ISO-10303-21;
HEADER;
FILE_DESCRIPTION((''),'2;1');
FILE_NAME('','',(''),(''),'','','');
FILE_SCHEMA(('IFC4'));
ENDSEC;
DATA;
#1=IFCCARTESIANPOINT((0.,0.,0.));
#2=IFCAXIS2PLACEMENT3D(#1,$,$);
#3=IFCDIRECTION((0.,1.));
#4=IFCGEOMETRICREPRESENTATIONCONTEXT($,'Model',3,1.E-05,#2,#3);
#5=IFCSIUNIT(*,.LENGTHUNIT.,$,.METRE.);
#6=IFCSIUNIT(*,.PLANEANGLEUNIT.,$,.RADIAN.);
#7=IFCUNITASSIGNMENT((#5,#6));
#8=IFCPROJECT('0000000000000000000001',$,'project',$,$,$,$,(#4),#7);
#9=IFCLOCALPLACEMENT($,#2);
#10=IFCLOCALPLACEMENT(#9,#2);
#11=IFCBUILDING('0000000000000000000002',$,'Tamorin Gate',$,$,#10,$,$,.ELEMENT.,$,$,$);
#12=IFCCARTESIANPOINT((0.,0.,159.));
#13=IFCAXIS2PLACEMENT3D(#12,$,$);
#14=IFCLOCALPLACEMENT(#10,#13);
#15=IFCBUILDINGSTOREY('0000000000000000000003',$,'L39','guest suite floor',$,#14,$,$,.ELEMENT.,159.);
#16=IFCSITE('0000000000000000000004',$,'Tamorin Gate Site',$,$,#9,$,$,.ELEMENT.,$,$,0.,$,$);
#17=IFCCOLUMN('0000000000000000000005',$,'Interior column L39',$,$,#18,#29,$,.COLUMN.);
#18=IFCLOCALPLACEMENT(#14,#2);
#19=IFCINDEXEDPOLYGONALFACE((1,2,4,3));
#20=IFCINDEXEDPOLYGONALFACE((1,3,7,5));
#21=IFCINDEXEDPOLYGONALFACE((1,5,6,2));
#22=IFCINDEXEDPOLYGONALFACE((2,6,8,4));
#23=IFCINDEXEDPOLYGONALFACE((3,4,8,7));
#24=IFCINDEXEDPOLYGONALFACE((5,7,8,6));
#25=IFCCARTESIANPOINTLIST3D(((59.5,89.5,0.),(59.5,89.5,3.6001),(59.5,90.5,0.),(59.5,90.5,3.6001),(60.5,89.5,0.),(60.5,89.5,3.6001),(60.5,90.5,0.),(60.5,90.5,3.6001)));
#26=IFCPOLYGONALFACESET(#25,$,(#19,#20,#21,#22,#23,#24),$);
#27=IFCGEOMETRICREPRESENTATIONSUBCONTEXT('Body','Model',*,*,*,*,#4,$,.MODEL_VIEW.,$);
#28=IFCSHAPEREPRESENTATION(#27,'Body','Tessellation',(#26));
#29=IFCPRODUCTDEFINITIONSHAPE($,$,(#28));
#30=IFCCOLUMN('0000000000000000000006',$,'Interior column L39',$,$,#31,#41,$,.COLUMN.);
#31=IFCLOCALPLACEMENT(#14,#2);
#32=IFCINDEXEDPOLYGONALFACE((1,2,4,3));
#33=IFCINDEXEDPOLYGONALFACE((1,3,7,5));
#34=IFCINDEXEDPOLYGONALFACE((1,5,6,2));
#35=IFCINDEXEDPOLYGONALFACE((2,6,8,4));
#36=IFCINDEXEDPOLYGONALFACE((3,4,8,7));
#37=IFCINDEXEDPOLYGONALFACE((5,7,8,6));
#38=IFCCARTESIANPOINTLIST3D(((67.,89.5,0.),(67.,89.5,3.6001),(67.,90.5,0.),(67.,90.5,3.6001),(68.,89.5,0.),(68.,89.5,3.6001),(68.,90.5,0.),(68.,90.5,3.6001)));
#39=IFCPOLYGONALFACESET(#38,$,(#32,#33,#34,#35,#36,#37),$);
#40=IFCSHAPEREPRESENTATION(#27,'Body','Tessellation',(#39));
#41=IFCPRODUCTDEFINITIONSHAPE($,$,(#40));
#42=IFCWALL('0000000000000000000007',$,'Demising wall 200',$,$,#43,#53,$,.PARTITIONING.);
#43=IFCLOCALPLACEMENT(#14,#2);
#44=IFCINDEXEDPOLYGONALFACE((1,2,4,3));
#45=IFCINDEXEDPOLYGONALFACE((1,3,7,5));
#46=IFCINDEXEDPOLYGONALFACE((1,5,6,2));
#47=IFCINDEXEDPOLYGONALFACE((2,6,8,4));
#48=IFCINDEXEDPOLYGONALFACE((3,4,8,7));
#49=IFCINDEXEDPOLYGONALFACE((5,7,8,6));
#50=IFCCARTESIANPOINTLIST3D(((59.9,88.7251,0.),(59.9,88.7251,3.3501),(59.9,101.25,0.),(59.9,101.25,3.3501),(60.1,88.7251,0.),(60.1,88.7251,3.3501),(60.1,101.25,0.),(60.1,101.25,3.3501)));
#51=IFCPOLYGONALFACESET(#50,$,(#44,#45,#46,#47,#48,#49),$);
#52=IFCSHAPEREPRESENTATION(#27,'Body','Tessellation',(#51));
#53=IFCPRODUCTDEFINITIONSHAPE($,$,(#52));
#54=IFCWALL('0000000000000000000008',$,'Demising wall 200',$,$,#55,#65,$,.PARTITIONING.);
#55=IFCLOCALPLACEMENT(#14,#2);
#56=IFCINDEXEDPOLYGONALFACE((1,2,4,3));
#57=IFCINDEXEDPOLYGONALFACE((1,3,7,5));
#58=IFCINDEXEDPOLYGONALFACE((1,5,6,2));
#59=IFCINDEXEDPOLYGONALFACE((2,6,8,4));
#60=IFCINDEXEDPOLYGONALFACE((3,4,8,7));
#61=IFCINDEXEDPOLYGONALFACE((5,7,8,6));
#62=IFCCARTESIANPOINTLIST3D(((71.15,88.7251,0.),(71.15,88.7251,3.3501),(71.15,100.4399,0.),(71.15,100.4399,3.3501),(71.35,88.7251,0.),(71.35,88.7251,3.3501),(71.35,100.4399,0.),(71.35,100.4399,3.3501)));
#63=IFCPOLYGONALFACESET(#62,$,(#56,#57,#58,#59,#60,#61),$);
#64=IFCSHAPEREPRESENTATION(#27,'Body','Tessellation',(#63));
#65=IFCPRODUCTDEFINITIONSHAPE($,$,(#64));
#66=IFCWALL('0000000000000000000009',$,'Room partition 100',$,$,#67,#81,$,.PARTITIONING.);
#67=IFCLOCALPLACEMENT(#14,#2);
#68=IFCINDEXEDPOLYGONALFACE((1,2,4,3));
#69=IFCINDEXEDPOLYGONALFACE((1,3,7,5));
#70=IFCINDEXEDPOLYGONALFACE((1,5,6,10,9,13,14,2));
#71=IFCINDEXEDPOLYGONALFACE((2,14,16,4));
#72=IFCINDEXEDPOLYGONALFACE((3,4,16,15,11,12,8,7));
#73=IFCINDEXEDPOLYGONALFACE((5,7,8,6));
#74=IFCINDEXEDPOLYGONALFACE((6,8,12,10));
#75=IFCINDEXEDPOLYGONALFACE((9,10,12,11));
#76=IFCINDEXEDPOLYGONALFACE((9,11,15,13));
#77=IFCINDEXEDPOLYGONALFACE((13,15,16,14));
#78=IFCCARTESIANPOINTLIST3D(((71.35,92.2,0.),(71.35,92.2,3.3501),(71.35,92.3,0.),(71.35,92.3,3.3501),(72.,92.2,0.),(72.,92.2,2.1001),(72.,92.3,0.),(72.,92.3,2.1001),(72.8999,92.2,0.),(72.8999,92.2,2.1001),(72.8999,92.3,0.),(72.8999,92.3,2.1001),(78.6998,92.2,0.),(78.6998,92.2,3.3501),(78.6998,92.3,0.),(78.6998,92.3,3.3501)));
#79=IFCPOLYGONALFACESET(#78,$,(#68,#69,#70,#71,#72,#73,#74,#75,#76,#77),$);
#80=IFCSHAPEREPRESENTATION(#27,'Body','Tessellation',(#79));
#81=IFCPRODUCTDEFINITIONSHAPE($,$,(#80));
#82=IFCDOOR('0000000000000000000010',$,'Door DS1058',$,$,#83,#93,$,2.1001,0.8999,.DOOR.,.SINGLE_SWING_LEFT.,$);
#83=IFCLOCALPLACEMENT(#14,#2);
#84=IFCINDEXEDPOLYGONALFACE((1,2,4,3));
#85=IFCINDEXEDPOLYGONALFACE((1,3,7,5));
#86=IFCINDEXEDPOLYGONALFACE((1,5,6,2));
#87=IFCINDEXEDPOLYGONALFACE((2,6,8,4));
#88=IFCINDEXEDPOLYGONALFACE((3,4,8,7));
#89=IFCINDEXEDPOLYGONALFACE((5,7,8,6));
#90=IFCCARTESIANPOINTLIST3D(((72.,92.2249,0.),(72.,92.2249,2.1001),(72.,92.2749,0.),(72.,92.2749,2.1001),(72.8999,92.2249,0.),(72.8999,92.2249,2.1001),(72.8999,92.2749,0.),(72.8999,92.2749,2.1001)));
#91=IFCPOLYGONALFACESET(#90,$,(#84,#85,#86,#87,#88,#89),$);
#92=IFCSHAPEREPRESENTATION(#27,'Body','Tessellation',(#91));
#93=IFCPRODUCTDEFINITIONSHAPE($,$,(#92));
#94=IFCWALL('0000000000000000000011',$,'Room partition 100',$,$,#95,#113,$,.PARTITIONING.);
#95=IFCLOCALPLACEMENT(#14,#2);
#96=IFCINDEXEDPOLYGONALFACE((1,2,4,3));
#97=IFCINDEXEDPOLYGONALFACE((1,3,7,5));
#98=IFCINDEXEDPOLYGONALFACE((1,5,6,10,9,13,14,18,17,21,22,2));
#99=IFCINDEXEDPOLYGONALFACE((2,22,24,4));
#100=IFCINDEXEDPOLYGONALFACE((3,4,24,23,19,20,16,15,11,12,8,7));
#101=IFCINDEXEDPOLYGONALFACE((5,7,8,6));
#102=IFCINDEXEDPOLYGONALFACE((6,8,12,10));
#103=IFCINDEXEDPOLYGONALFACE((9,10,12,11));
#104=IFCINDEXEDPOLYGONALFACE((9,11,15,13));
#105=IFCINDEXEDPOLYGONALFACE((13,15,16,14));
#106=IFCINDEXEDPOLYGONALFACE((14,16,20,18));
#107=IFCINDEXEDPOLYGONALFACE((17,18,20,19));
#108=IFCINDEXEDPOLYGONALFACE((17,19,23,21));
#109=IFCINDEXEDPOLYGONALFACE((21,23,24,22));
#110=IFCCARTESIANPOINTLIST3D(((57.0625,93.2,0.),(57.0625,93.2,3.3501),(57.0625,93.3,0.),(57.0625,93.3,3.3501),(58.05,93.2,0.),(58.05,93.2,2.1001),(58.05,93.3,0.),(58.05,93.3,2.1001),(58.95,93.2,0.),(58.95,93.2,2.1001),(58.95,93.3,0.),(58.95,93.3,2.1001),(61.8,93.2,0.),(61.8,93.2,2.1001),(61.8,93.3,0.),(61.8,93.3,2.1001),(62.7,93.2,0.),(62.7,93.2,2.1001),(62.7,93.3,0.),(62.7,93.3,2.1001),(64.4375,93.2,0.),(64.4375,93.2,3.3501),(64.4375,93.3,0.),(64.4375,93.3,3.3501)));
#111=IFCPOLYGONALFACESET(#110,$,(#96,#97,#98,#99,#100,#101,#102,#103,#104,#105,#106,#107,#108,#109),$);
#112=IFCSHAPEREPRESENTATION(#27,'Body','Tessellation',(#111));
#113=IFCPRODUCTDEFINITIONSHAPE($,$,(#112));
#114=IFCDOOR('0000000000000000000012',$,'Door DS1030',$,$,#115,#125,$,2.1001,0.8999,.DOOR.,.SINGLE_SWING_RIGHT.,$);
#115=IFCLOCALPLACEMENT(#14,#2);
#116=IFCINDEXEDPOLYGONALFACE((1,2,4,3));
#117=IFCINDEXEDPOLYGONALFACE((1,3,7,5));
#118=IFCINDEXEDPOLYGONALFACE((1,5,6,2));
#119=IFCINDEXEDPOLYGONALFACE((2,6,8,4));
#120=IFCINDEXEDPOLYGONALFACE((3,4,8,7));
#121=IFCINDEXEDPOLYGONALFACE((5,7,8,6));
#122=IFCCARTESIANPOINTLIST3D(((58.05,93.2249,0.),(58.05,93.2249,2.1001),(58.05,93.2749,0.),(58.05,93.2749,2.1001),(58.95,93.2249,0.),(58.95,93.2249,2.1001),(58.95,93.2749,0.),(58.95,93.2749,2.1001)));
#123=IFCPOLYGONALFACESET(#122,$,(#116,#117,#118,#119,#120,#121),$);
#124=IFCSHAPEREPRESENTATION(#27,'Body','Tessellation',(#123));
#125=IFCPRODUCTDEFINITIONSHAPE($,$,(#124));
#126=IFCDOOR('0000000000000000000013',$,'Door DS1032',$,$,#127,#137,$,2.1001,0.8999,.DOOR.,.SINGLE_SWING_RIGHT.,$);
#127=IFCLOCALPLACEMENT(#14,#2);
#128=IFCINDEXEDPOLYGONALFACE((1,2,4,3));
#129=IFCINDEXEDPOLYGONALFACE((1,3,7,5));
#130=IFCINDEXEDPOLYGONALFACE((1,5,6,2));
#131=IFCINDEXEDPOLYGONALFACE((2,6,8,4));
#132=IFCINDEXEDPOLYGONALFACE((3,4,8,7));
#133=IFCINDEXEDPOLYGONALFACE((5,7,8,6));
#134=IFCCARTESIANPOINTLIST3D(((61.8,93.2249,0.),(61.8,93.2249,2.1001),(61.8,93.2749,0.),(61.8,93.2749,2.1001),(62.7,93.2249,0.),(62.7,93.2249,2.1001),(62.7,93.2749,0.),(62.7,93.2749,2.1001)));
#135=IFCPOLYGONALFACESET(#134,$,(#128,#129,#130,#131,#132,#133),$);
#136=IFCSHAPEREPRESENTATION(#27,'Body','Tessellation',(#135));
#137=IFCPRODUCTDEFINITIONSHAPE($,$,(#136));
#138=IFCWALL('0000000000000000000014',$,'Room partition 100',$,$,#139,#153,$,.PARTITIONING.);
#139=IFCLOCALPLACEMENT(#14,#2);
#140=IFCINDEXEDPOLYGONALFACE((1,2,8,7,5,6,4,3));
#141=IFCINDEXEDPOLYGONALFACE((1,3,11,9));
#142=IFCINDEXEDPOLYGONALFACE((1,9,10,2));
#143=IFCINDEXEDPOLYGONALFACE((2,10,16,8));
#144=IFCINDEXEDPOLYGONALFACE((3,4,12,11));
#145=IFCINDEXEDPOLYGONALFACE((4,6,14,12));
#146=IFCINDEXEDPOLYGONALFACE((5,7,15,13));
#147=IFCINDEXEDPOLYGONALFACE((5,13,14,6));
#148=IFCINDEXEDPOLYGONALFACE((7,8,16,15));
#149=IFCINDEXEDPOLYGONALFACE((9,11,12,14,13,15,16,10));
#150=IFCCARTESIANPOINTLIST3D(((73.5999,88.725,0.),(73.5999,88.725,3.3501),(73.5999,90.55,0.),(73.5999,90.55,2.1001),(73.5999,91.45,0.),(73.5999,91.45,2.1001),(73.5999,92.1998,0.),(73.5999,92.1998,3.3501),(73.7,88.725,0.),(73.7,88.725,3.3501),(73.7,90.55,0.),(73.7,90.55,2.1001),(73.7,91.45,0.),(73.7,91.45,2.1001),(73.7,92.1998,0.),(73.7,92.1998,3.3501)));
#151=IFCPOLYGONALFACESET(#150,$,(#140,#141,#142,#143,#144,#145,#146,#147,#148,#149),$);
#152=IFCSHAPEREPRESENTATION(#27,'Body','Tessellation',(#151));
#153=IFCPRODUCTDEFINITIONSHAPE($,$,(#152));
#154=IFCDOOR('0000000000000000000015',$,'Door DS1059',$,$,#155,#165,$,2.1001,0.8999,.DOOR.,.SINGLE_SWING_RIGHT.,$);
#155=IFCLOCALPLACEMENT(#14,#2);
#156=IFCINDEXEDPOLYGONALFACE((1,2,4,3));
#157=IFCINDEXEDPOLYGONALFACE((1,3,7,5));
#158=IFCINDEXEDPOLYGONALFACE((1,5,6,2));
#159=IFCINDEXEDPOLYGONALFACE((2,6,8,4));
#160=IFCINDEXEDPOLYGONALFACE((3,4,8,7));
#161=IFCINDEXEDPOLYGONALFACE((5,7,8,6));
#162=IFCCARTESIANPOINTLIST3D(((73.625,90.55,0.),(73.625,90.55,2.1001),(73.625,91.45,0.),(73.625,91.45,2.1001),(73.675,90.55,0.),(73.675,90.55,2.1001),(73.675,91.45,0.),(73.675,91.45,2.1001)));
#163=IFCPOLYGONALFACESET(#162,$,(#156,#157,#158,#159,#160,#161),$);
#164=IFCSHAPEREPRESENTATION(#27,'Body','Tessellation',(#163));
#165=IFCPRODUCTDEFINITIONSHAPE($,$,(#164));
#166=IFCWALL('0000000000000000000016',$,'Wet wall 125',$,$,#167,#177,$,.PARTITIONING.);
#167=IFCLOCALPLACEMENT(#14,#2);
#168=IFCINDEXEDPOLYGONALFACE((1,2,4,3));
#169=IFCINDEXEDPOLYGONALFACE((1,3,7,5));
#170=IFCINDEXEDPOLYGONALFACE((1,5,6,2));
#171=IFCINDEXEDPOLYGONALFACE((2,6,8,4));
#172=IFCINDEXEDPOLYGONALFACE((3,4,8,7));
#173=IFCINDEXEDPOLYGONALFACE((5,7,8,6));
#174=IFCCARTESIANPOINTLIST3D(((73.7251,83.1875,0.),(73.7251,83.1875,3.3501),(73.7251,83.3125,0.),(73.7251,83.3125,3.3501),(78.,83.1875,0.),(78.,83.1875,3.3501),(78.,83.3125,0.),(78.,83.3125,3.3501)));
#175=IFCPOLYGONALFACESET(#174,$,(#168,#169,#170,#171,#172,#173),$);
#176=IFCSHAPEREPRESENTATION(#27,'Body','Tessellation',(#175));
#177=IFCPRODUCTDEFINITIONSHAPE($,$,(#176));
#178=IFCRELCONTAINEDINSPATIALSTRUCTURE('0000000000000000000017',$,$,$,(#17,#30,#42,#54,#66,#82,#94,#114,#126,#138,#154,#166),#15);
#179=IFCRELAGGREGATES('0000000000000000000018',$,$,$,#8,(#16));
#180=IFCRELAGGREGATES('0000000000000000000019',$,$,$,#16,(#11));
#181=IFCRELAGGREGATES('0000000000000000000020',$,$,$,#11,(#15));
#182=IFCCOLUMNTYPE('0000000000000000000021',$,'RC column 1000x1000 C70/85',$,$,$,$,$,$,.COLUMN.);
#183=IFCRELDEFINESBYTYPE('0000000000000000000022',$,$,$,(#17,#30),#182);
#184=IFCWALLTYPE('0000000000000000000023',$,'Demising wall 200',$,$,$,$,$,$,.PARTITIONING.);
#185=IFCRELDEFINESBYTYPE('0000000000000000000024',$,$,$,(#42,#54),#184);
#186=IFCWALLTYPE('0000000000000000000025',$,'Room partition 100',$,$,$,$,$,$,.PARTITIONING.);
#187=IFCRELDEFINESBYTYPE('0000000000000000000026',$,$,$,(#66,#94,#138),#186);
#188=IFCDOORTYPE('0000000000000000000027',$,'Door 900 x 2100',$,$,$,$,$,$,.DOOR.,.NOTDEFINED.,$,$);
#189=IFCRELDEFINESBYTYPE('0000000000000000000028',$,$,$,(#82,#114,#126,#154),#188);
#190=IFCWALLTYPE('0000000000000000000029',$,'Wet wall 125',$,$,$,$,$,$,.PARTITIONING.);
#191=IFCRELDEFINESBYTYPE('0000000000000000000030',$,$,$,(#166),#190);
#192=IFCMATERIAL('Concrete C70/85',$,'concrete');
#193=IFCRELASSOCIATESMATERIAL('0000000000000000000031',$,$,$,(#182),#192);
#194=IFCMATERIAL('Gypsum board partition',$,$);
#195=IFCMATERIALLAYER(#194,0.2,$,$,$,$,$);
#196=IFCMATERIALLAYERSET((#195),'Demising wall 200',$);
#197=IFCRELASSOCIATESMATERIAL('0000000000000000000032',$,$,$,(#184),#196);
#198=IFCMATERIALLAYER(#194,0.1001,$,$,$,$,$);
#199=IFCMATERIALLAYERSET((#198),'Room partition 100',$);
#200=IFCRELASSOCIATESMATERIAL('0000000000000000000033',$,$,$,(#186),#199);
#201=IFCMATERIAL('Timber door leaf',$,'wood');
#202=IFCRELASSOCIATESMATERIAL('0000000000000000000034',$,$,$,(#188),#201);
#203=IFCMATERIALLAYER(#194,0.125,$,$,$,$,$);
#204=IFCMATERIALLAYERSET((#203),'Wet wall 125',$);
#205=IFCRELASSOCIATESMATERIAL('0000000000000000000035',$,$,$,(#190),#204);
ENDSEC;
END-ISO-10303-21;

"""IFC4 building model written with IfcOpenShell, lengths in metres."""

from ifc_helpers import new_model, si_unit, direction, frame, frame_2d, origin, origin_2d, place, context, subcontext, project, spatial, rectangle, extrude, material, layer, layer_set, material_profile, profile_set, type_object, element, fill, save


model = new_model("IFC4")

# Units and contexts
model_context = context("Model", 3, precision=1e-05, world=origin(), true_north=direction((0.0, 1.0)))
body_context = subcontext(model_context, "Body", "Model", "MODEL_VIEW")
ifc_project = project(units=[si_unit("LENGTHUNIT", "METRE"), si_unit("PLANEANGLEUNIT", "RADIAN")], contexts=[model_context])

# Site, building, storey
site_placement = place(None, origin())
site = spatial("IfcSite", under=ifc_project, at=site_placement, Name="Tamorin Gate Site", CompositionType="ELEMENT", RefElevation=0.0)
building_placement = place(site_placement, origin())
building = spatial("IfcBuilding", under=site, at=building_placement, Name="Tamorin Gate", CompositionType="ELEMENT")
storey_placement = place(building_placement, frame((0.0, 0.0, 159.0)))
storey = spatial("IfcBuildingStorey", under=building, at=storey_placement, Name="L39", Description="guest suite floor", CompositionType="ELEMENT", Elevation=159.0)

# Columns
ifc_material_1 = material(Name="Concrete C70/85", Category="concrete")
ifc_material_profile = material_profile(ifc_material_1, rectangle(XDim=1.0, YDim=1.0, at=origin_2d()), Name="RC 1000x1000")
ifc_profile_set = profile_set([ifc_material_profile], Name="Concrete C70/85")
column_type = type_object("IfcColumnType", Name="RC column 1000x1000 C70/85", PredefinedType="COLUMN", material=ifc_profile_set)
for number, where, z_axis, x_axis, name in (
    (1, (60.0, 90.0, 0.0), (0.0, 0.0, 1.0), (1.0, 0.0, 0.0), "Interior column L39"),
    (2, (67.5, 90.0, 0.0), (0.0, 0.0, 1.0), (1.0, 0.0, 0.0), "Interior column L39"),
):
    element("IfcColumn", number, at=place(storey_placement, frame(where, z_axis=z_axis, x_axis=x_axis)), inside=storey, type_object=column_type, Name=name, PredefinedType="COLUMN", context=body_context, shape_type="SweptSolid", body=[
        extrude(rectangle(XDim=1.0, YDim=1.0, at=origin_2d()), origin(), (0.0, 0.0, 1.0), 3.6001),
    ])

# Walls
ifc_material_2 = material(Name="Gypsum board partition")
ifc_layer_1 = layer(ifc_material_2, 0.2)
ifc_layer_set_1 = layer_set([ifc_layer_1], Name="Demising wall 200")
wall_type_1 = type_object("IfcWallType", Name="Demising wall 200", PredefinedType="PARTITIONING", material=ifc_layer_set_1)
wall_1_placement = place(storey_placement, frame((60.0, 88.7251, 0.0), z_axis=(0.0, 0.0, 1.0), x_axis=(0.0, 1.0, 0.0)))
element("IfcWall", 3, at=wall_1_placement, inside=storey, type_object=wall_type_1, Name="Demising wall 200", PredefinedType="PARTITIONING", context=body_context, shape_type="SweptSolid", body=[
    extrude(rectangle(XDim=12.5249, YDim=0.2, at=frame_2d((6.2625, 0.0))), origin(), (0.0, 0.0, 1.0), 3.3501),
])
wall_2_placement = place(storey_placement, frame((71.25, 88.7251, 0.0), z_axis=(0.0, 0.0, 1.0), x_axis=(0.0, 1.0, 0.0)))
element("IfcWall", 4, at=wall_2_placement, inside=storey, type_object=wall_type_1, Name="Demising wall 200", PredefinedType="PARTITIONING", context=body_context, shape_type="SweptSolid", body=[
    extrude(rectangle(XDim=11.7148, YDim=0.2, at=frame_2d((5.8574, 0.0))), origin(), (0.0, 0.0, 1.0), 3.3501),
])

# Wall, opening, door
ifc_layer_2 = layer(ifc_material_2, 0.1001)
ifc_layer_set_2 = layer_set([ifc_layer_2], Name="Room partition 100")
wall_type_2 = type_object("IfcWallType", Name="Room partition 100", PredefinedType="PARTITIONING", material=ifc_layer_set_2)
wall_3_placement = place(storey_placement, frame((71.3501, 92.25, 0.0), z_axis=(0.0, 0.0, 1.0), x_axis=(1.0, 0.0, 0.0)))
wall_3 = element("IfcWall", 5, at=wall_3_placement, inside=storey, type_object=wall_type_2, Name="Room partition 100", PredefinedType="PARTITIONING", context=body_context, shape_type="SweptSolid", body=[
    extrude(rectangle(XDim=7.3499, YDim=0.1001, at=frame_2d((3.6748, 0.0))), origin(), (0.0, 0.0, 1.0), 3.3501),
])
opening_1_placement = place(wall_3_placement, frame((0.6499, 0.0, 0.0)))
opening_1 = element("IfcOpeningElement", 6, at=opening_1_placement, cuts=wall_3, PredefinedType="OPENING", context=body_context, shape_type="SweptSolid", body=[
    extrude(rectangle(XDim=0.8999, YDim=2.1001, at=frame_2d((0.45, 1.05))), frame((0.0, 0.0601, 0.0), z_axis=(0.0, -1.0, 0.0), x_axis=(1.0, 0.0, 0.0)), (0.0, 0.0, 1.0), 0.1201),
])
ifc_material_3 = material(Name="Timber door leaf", Category="wood")
door_type = type_object("IfcDoorType", Name="Door 900 x 2100", OperationType="NOTDEFINED", PredefinedType="DOOR", material=ifc_material_3)
door_1_placement = place(opening_1_placement, origin())
door_1 = element("IfcDoor", 7, at=door_1_placement, inside=storey, type_object=door_type, Name="Door DS1058", OperationType="SINGLE_SWING_LEFT", OverallHeight=2.1001, OverallWidth=0.8999, PredefinedType="DOOR", context=body_context, shape_type="SweptSolid", body=[
    extrude(rectangle(XDim=0.8999, YDim=2.1001, at=frame_2d((0.45, 1.05))), frame((0.0, 0.0249, 0.0), z_axis=(0.0, -1.0, 0.0), x_axis=(1.0, 0.0, 0.0)), (0.0, 0.0, 1.0), 0.05),
])
fill(opening_1, door_1)

# Wall, openings, doors
wall_4_placement = place(storey_placement, frame((57.0625, 93.25, 0.0), z_axis=(0.0, 0.0, 1.0), x_axis=(1.0, 0.0, 0.0)))
wall_4 = element("IfcWall", 8, at=wall_4_placement, inside=storey, type_object=wall_type_2, Name="Room partition 100", PredefinedType="PARTITIONING", context=body_context, shape_type="SweptSolid", body=[
    extrude(rectangle(XDim=7.375, YDim=0.1001, at=frame_2d((3.6875, 0.0))), origin(), (0.0, 0.0, 1.0), 3.3501),
])
opening_2_placement = place(wall_4_placement, frame((0.9875, 0.0, 0.0)))
opening_2 = element("IfcOpeningElement", 9, at=opening_2_placement, cuts=wall_4, PredefinedType="OPENING", context=body_context, shape_type="SweptSolid", body=[
    extrude(rectangle(XDim=0.8999, YDim=2.1001, at=frame_2d((0.45, 1.05))), frame((0.0, 0.0601, 0.0), z_axis=(0.0, -1.0, 0.0), x_axis=(1.0, 0.0, 0.0)), (0.0, 0.0, 1.0), 0.1201),
])
opening_3_placement = place(wall_4_placement, frame((4.7375, 0.0, 0.0)))
opening_3 = element("IfcOpeningElement", 10, at=opening_3_placement, cuts=wall_4, PredefinedType="OPENING", context=body_context, shape_type="SweptSolid", body=[
    extrude(rectangle(XDim=0.8999, YDim=2.1001, at=frame_2d((0.45, 1.05))), frame((0.0, 0.0601, 0.0), z_axis=(0.0, -1.0, 0.0), x_axis=(1.0, 0.0, 0.0)), (0.0, 0.0, 1.0), 0.1201),
])
door_2_placement = place(opening_2_placement, origin())
door_2 = element("IfcDoor", 11, at=door_2_placement, inside=storey, type_object=door_type, Name="Door DS1030", OperationType="SINGLE_SWING_RIGHT", OverallHeight=2.1001, OverallWidth=0.8999, PredefinedType="DOOR", context=body_context, shape_type="SweptSolid", body=[
    extrude(rectangle(XDim=0.8999, YDim=2.1001, at=frame_2d((0.45, 1.05))), frame((0.0, 0.0249, 0.0), z_axis=(0.0, -1.0, 0.0), x_axis=(1.0, 0.0, 0.0)), (0.0, 0.0, 1.0), 0.05),
])
fill(opening_2, door_2)
door_3_placement = place(opening_3_placement, origin())
door_3 = element("IfcDoor", 12, at=door_3_placement, inside=storey, type_object=door_type, Name="Door DS1032", OperationType="SINGLE_SWING_RIGHT", OverallHeight=2.1001, OverallWidth=0.8999, PredefinedType="DOOR", context=body_context, shape_type="SweptSolid", body=[
    extrude(rectangle(XDim=0.8999, YDim=2.1001, at=frame_2d((0.45, 1.05))), frame((0.0, 0.0249, 0.0), z_axis=(0.0, -1.0, 0.0), x_axis=(1.0, 0.0, 0.0)), (0.0, 0.0, 1.0), 0.05),
])
fill(opening_3, door_3)

# Wall, opening, door
wall_5_placement = place(storey_placement, frame((73.6499, 88.7251, 0.0), z_axis=(0.0, 0.0, 1.0), x_axis=(0.0, 1.0, 0.0)))
wall_5 = element("IfcWall", 13, at=wall_5_placement, inside=storey, type_object=wall_type_2, Name="Room partition 100", PredefinedType="PARTITIONING", context=body_context, shape_type="SweptSolid", body=[
    extrude(rectangle(XDim=3.4749, YDim=0.1001, at=frame_2d((1.7373, 0.0))), origin(), (0.0, 0.0, 1.0), 3.3501),
])
opening_4_placement = place(wall_5_placement, frame((1.825, 0.0, 0.0)))
opening_4 = element("IfcOpeningElement", 14, at=opening_4_placement, cuts=wall_5, PredefinedType="OPENING", context=body_context, shape_type="SweptSolid", body=[
    extrude(rectangle(XDim=0.8999, YDim=2.1001, at=frame_2d((0.45, 1.05))), frame((0.0, 0.0601, 0.0), z_axis=(0.0, -1.0, 0.0), x_axis=(1.0, 0.0, 0.0)), (0.0, 0.0, 1.0), 0.1201),
])
door_4_placement = place(opening_4_placement, origin())
door_4 = element("IfcDoor", 15, at=door_4_placement, inside=storey, type_object=door_type, Name="Door DS1059", OperationType="SINGLE_SWING_RIGHT", OverallHeight=2.1001, OverallWidth=0.8999, PredefinedType="DOOR", context=body_context, shape_type="SweptSolid", body=[
    extrude(rectangle(XDim=0.8999, YDim=2.1001, at=frame_2d((0.45, 1.05))), frame((0.0, 0.0249, 0.0), z_axis=(0.0, -1.0, 0.0), x_axis=(1.0, 0.0, 0.0)), (0.0, 0.0, 1.0), 0.05),
])
fill(opening_4, door_4)

# Wall
ifc_layer_3 = layer(ifc_material_2, 0.125)
ifc_layer_set_3 = layer_set([ifc_layer_3], Name="Wet wall 125")
wall_type_3 = type_object("IfcWallType", Name="Wet wall 125", PredefinedType="PARTITIONING", material=ifc_layer_set_3)
wall_6_placement = place(storey_placement, frame((73.7251, 83.25, 0.0), z_axis=(0.0, 0.0, 1.0), x_axis=(1.0, 0.0, 0.0)))
element("IfcWall", 16, at=wall_6_placement, inside=storey, type_object=wall_type_3, Name="Wet wall 125", PredefinedType="PARTITIONING", context=body_context, shape_type="SweptSolid", body=[
    extrude(rectangle(XDim=4.2749, YDim=0.125, at=frame_2d((2.1375, 0.0))), origin(), (0.0, 0.0, 1.0), 3.3501),
])

save(model, "model.ifc")
